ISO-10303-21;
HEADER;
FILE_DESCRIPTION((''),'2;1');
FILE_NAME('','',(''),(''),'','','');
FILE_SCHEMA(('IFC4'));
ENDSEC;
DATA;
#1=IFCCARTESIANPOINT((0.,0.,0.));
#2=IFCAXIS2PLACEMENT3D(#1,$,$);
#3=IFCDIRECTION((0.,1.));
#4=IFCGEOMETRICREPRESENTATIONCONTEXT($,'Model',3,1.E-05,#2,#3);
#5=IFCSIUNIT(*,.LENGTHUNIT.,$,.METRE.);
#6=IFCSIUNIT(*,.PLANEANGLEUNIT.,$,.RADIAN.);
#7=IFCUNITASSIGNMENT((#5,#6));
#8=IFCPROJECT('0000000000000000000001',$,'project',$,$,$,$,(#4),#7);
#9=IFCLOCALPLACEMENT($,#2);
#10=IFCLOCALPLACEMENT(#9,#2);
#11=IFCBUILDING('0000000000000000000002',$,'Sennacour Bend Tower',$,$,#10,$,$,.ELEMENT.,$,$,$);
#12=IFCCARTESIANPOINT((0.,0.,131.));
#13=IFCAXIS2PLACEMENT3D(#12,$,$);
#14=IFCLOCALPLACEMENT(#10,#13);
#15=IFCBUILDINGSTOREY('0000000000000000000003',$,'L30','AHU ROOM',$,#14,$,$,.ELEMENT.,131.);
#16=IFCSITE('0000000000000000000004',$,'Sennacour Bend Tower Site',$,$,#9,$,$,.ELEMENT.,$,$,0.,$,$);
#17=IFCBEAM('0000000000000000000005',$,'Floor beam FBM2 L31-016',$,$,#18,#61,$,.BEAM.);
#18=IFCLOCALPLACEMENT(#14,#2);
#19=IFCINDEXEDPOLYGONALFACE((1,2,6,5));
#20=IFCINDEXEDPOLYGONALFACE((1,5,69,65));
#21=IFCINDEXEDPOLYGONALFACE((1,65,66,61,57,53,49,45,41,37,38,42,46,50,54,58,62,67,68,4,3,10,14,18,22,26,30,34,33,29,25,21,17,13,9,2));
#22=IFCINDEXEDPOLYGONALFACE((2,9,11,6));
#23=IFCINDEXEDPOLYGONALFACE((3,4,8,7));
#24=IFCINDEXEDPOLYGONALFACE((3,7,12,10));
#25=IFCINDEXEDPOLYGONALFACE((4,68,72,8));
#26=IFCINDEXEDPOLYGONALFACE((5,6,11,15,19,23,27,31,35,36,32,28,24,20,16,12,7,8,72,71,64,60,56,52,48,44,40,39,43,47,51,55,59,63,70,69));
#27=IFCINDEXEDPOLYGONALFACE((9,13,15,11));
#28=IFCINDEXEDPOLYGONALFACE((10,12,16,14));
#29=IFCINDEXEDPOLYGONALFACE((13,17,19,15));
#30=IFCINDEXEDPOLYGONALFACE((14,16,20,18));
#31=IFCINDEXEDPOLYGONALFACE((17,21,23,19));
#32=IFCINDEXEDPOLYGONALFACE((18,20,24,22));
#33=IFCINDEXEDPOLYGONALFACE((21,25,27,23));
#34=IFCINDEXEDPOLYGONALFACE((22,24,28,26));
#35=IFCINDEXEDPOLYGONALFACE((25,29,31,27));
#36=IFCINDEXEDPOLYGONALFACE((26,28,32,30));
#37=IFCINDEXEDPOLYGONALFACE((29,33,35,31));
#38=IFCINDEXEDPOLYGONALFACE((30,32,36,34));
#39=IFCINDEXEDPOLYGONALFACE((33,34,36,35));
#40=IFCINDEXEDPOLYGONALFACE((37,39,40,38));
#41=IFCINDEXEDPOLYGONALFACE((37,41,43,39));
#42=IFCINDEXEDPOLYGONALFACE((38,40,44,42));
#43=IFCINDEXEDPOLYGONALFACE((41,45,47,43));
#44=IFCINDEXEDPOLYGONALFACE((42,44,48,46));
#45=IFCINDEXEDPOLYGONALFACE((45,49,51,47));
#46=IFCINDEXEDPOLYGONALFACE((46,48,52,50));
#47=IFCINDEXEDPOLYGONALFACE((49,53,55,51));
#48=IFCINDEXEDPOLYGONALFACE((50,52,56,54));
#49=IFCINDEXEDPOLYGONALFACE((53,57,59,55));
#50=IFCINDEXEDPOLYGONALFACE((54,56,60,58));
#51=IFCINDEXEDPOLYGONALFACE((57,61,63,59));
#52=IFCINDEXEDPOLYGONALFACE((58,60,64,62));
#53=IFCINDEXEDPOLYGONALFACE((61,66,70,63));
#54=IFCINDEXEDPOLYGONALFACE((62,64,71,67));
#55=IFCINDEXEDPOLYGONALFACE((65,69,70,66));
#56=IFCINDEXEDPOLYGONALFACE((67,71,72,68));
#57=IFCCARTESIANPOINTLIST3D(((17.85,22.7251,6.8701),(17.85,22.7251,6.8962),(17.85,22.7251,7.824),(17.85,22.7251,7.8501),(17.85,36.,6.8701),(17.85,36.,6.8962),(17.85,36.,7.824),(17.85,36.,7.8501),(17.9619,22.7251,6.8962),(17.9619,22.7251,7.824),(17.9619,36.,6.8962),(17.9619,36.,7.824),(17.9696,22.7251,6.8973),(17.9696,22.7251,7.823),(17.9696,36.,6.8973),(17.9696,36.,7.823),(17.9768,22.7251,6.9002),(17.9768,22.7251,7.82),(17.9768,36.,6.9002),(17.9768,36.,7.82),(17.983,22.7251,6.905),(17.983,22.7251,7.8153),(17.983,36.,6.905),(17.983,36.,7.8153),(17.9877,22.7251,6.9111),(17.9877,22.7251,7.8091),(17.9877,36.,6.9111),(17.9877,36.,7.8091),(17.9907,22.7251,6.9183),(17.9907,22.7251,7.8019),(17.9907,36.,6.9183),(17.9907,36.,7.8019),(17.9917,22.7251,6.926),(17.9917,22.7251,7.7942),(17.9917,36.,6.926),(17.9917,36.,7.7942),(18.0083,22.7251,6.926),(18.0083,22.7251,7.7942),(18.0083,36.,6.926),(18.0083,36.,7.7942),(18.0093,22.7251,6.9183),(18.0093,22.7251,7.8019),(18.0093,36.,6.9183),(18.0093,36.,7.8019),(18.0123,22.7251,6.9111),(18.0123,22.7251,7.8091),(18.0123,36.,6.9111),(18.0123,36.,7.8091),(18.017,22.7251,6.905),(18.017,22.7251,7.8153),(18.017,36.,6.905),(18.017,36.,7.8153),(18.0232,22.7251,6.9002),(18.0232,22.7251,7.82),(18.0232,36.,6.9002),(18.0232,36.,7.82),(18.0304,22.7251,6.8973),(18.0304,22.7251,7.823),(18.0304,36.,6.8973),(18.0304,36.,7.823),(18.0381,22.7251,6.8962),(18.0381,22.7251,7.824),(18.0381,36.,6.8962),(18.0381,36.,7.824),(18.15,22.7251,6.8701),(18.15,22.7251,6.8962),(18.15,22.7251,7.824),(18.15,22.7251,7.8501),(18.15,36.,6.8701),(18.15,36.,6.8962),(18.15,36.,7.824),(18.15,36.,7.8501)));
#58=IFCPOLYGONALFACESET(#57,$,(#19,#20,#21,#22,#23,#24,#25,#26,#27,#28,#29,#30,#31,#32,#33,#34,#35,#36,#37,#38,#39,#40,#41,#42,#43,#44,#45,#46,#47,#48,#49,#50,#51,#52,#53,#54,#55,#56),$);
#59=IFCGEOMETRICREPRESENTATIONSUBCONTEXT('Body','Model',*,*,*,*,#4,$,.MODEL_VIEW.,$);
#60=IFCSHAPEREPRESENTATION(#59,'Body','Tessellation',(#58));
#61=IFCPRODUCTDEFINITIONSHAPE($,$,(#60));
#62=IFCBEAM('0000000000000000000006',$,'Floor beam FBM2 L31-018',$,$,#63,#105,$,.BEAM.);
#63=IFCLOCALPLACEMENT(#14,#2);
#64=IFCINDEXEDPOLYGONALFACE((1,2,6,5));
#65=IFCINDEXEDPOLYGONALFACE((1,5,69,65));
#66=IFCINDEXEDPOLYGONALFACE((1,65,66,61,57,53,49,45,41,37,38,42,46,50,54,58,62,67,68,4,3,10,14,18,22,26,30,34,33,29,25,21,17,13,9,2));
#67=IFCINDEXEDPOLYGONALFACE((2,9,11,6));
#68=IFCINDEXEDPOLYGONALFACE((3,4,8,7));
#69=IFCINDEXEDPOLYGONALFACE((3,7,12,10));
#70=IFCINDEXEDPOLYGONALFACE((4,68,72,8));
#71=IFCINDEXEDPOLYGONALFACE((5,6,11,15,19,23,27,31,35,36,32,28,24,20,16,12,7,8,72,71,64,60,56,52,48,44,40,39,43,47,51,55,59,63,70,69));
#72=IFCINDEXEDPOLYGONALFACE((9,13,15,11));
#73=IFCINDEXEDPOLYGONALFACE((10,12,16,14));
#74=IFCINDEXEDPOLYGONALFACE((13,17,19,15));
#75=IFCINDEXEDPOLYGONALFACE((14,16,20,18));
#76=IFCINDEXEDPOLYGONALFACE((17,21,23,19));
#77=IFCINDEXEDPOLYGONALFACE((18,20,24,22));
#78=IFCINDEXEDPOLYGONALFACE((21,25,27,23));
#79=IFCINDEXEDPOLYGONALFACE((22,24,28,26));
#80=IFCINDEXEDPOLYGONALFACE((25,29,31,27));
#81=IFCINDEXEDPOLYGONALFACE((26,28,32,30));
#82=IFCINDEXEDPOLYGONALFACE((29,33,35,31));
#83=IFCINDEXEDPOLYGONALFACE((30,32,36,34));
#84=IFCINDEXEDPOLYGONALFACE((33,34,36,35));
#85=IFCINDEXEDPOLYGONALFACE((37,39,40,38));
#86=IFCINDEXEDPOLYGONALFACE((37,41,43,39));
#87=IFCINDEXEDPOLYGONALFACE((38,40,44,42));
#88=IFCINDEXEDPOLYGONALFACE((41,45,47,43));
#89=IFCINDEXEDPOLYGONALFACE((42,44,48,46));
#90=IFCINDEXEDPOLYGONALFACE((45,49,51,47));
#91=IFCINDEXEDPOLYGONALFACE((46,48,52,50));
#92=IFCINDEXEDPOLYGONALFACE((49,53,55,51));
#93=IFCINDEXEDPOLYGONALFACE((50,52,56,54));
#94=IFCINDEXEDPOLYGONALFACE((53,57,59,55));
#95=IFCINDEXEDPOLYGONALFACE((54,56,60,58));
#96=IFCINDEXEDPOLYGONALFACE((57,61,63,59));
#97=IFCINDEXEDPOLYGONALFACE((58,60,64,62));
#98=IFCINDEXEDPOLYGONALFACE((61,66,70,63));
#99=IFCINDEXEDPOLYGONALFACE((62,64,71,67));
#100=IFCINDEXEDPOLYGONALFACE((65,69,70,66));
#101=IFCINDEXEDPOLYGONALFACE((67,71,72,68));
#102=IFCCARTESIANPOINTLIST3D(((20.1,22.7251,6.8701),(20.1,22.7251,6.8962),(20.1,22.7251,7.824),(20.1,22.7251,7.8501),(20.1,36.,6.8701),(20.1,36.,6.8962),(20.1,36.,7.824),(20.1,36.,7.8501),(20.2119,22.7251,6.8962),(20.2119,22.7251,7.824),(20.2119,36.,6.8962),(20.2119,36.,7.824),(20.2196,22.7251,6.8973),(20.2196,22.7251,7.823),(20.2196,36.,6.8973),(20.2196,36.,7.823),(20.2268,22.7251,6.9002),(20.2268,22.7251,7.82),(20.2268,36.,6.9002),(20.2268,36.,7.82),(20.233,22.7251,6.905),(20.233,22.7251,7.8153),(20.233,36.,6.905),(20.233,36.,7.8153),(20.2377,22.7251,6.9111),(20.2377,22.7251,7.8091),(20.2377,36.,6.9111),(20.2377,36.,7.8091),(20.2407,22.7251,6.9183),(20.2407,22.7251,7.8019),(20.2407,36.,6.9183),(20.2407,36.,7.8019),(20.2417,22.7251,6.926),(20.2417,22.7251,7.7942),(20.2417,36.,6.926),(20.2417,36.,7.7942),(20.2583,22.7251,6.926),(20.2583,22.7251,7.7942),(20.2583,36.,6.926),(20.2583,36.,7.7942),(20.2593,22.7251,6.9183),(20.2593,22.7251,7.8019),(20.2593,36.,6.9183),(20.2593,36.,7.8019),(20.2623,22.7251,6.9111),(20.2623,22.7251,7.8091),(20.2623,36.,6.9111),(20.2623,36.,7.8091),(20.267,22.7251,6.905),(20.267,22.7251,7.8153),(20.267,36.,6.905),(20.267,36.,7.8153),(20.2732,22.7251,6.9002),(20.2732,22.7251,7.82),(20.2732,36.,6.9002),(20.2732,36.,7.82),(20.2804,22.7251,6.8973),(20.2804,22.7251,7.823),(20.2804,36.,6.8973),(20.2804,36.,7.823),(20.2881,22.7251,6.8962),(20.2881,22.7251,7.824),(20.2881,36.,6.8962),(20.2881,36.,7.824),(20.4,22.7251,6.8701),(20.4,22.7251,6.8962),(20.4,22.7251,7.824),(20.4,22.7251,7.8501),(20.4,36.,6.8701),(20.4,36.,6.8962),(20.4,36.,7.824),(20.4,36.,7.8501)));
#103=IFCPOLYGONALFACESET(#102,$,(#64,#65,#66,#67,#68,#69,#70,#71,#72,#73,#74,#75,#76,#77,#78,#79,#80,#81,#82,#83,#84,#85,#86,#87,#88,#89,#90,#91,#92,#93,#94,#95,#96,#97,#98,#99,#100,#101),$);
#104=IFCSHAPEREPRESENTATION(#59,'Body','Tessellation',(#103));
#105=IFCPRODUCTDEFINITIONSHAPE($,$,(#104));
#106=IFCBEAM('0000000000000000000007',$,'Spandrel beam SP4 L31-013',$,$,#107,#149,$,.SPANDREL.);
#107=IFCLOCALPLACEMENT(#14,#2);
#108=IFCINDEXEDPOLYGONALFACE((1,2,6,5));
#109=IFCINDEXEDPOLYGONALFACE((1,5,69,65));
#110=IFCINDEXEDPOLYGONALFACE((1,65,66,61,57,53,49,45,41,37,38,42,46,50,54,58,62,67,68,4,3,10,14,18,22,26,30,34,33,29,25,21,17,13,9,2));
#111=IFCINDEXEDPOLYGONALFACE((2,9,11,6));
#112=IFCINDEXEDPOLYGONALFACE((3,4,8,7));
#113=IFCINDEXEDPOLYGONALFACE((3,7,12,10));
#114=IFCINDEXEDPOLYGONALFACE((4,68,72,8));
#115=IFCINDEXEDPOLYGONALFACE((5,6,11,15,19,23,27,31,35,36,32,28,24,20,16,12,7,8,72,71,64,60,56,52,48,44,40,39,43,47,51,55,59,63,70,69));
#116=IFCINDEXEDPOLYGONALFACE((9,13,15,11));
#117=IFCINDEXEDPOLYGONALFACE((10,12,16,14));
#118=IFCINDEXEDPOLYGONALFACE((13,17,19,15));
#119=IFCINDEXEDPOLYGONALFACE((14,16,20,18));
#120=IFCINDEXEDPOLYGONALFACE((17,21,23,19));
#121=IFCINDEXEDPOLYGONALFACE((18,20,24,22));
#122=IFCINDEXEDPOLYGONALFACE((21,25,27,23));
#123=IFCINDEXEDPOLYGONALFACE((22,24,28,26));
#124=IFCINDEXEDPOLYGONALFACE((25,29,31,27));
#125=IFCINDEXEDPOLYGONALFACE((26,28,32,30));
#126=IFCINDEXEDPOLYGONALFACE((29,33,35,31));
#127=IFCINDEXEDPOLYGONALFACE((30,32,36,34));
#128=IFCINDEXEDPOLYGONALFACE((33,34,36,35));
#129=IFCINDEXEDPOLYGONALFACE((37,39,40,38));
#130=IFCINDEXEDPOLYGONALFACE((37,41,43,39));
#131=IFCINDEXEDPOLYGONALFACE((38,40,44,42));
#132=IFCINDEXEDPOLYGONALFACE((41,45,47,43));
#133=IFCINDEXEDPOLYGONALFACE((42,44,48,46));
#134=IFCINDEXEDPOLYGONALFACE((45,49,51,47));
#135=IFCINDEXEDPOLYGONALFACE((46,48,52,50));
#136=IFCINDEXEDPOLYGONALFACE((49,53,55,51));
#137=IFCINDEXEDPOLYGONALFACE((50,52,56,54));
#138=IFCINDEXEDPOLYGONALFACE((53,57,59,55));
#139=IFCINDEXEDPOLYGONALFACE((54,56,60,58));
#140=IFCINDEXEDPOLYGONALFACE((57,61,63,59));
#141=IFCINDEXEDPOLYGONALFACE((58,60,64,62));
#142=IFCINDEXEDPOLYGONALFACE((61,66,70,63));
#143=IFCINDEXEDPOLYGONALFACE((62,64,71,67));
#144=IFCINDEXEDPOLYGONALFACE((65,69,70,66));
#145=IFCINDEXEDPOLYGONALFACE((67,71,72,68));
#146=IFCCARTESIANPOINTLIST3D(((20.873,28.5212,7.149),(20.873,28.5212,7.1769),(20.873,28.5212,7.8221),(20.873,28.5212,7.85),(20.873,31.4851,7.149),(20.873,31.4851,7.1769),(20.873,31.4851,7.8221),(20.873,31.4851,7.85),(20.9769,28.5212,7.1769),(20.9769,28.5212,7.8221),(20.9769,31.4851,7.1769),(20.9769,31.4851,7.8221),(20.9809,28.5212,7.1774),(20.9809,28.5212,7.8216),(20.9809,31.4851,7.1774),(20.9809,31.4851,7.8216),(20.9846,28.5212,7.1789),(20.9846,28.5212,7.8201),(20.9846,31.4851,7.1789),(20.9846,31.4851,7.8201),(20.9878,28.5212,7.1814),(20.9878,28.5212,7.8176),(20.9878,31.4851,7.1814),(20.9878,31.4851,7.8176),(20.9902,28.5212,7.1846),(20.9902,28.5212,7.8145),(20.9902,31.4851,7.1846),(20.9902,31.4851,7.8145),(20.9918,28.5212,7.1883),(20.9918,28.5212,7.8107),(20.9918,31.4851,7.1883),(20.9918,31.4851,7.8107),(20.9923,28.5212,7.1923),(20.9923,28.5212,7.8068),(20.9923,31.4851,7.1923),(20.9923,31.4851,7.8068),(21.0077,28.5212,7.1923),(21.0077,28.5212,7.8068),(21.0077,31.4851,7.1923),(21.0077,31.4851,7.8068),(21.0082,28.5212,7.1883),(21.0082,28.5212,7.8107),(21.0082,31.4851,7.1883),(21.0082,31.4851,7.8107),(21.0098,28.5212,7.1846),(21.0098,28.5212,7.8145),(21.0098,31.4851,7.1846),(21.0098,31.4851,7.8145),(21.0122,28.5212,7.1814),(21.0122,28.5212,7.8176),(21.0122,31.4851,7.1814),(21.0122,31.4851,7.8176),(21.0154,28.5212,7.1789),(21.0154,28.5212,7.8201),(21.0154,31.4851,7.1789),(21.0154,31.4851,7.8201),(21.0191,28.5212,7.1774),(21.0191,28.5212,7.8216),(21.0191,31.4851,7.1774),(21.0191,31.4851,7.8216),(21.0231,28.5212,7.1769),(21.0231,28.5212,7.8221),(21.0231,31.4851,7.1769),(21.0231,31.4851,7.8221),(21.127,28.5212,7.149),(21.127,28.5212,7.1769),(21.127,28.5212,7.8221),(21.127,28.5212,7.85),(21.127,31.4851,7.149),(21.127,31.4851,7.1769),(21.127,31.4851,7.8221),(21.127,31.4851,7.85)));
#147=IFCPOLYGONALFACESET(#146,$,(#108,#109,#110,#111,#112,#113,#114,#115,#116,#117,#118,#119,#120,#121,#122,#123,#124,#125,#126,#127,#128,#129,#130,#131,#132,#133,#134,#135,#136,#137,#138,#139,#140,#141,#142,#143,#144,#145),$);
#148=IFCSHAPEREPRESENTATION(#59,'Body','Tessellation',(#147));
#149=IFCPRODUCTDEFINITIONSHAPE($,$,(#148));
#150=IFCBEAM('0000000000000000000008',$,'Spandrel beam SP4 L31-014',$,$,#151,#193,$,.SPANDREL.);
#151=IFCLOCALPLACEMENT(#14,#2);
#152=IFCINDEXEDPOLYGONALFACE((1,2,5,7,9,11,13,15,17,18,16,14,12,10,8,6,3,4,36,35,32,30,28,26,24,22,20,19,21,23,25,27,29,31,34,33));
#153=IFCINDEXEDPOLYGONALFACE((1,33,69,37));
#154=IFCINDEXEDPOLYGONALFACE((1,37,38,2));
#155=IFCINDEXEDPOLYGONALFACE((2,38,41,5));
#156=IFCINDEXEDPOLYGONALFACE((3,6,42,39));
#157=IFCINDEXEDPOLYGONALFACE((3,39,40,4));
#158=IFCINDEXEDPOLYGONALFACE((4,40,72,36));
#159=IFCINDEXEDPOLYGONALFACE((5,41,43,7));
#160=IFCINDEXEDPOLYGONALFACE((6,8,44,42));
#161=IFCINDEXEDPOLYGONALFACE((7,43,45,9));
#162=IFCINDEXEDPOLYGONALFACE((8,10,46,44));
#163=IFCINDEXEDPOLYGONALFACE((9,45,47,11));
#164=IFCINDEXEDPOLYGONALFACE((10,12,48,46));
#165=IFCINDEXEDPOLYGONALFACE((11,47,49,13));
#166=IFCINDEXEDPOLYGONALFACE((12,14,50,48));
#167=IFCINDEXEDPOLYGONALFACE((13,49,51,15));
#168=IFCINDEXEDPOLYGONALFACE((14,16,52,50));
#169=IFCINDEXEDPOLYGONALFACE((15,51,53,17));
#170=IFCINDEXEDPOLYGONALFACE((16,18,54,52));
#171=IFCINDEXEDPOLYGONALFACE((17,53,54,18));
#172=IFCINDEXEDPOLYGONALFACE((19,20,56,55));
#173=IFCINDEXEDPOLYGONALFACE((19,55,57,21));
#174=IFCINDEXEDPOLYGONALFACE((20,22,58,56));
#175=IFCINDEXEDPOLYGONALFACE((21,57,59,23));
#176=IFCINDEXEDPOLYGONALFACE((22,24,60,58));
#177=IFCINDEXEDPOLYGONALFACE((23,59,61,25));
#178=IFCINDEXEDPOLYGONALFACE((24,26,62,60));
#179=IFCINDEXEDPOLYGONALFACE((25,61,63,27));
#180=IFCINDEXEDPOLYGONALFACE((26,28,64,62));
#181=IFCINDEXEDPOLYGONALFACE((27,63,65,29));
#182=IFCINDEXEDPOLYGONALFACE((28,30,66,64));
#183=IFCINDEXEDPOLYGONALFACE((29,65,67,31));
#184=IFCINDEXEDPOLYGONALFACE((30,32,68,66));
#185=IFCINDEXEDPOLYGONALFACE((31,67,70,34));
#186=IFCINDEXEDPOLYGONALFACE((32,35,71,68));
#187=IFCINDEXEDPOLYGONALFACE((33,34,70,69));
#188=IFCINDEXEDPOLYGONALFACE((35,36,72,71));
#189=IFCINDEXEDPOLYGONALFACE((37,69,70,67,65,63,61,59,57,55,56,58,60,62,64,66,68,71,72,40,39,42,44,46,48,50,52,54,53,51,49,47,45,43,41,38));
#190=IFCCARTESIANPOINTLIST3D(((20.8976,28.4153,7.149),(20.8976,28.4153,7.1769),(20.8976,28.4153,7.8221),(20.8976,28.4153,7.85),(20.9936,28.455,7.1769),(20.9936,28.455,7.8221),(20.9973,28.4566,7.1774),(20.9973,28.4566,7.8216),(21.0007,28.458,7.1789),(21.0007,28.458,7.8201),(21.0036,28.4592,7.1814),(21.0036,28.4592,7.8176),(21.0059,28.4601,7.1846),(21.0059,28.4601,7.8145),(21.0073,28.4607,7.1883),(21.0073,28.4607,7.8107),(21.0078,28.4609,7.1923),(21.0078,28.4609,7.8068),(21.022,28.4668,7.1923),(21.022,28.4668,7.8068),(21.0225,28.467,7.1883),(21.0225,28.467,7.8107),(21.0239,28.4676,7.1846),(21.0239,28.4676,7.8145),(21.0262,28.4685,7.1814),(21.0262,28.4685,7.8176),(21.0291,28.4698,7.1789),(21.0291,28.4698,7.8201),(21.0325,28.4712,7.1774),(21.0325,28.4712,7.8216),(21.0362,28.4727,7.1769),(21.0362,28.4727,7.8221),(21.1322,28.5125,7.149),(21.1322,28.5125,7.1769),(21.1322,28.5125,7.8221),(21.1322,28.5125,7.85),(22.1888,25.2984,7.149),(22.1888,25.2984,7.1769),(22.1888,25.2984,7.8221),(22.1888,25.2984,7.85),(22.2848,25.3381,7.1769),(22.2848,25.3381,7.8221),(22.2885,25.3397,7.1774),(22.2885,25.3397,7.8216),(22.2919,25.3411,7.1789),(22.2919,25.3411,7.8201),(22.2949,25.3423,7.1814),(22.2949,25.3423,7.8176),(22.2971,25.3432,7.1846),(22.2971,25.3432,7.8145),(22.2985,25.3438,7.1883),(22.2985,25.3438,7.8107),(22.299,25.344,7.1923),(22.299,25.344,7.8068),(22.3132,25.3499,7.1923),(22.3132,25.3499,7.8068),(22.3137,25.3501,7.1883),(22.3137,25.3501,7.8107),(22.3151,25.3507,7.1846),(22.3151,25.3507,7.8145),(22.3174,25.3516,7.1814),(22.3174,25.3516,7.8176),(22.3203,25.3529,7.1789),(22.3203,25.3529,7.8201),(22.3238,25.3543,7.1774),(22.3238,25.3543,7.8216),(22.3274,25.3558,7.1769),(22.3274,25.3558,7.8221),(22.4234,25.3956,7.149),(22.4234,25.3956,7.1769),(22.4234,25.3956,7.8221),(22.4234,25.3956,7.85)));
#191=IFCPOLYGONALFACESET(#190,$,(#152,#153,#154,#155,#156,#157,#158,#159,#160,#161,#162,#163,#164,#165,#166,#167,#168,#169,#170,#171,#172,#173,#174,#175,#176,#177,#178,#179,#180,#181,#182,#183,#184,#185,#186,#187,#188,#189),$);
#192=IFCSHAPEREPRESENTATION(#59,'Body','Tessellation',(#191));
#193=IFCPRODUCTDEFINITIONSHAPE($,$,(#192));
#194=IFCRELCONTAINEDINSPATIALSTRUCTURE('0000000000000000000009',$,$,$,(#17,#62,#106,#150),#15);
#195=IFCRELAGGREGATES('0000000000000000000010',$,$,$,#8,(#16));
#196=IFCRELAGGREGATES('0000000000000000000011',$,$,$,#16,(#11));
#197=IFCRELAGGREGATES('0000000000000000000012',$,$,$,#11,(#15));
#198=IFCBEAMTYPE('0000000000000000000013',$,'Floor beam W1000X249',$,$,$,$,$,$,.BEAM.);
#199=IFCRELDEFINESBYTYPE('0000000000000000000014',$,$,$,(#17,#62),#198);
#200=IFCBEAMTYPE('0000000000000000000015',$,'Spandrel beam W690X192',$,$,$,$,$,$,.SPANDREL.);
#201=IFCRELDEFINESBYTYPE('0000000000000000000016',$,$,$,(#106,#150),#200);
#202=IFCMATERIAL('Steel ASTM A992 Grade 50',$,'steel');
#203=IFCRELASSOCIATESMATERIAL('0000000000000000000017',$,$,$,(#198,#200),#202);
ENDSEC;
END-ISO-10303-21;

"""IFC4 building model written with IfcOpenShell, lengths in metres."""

from ifc_helpers import new_model, si_unit, direction, frame, origin, origin_2d, place, context, subcontext, project, spatial, i_section, extrude, material, material_profile, profile_set, type_object, element, save


model = new_model("IFC4")

# Units and contexts
model_context = context("Model", 3, precision=1e-05, world=origin(), true_north=direction((0.0, 1.0)))
body_context = subcontext(model_context, "Body", "Model", "MODEL_VIEW")
ifc_project = project(units=[si_unit("LENGTHUNIT", "METRE"), si_unit("PLANEANGLEUNIT", "RADIAN")], contexts=[model_context])

# Site, building, storey
site_placement = place(None, origin())
site = spatial("IfcSite", under=ifc_project, at=site_placement, Name="Sennacour Bend Tower Site", CompositionType="ELEMENT", RefElevation=0.0)
building_placement = place(site_placement, origin())
building = spatial("IfcBuilding", under=site, at=building_placement, Name="Sennacour Bend Tower", CompositionType="ELEMENT")
storey_placement = place(building_placement, frame((0.0, 0.0, 131.0)))
storey = spatial("IfcBuildingStorey", under=building, at=storey_placement, Name="L30", Description="AHU ROOM", CompositionType="ELEMENT", Elevation=131.0)

# Beams
ifc_material_1 = material(Name="Steel ASTM A992 Grade 50", Category="steel")
ifc_material_profile_1 = material_profile(ifc_material_1, i_section(OverallWidth=0.3, OverallDepth=0.98, WebThickness=0.0166, FlangeThickness=0.0261, FilletRadius=0.0298, at=origin_2d()), Name="Steel ASTM A992 Grade 50", Category="steel")
ifc_profile_set_1 = profile_set([ifc_material_profile_1], Name="Steel ASTM A992 Grade 50")
beam_type_1 = type_object("IfcBeamType", Name="Floor beam W1000X249", PredefinedType="BEAM", material=ifc_profile_set_1)
for number, where, z_axis, x_axis, name in (
    (1, (18.0, 22.7251, 7.3601), (0.0, 1.0, 0.0), (-1.0, 0.0, 0.0), "Floor beam FBM2 L31-016"),
    (2, (20.25, 22.7251, 7.3601), (0.0, 1.0, 0.0), (-1.0, 0.0, 0.0), "Floor beam FBM2 L31-018"),
):
    element("IfcBeam", number, at=place(storey_placement, frame(where, z_axis=z_axis, x_axis=x_axis)), inside=storey, type_object=beam_type_1, Name=name, PredefinedType="BEAM", context=body_context, shape_type="SweptSolid", body=[
        extrude(i_section(OverallWidth=0.3, OverallDepth=0.98, WebThickness=0.0166, FlangeThickness=0.0261, FilletRadius=0.0298, at=origin_2d()), origin(), (0.0, 0.0, 1.0), 13.2749),
    ])
ifc_material_profile_2 = material_profile(ifc_material_1, i_section(OverallWidth=0.2539, OverallDepth=0.7009, WebThickness=0.0154, FlangeThickness=0.0278, FilletRadius=0.0154, at=origin_2d()), Name="Steel ASTM A992 Grade 50", Category="steel")
ifc_profile_set_2 = profile_set([ifc_material_profile_2], Name="Steel ASTM A992 Grade 50")
beam_type_2 = type_object("IfcBeamType", Name="Spandrel beam W690X192", PredefinedType="SPANDREL", material=ifc_profile_set_2)
beam_1_placement = place(storey_placement, frame((21.0, 31.4851, 7.4995), z_axis=(0.0, -1.0, 0.0), x_axis=(1.0, 0.0, 0.0)))
element("IfcBeam", 3, at=beam_1_placement, inside=storey, type_object=beam_type_2, Name="Spandrel beam SP4 L31-013", PredefinedType="SPANDREL", context=body_context, shape_type="SweptSolid", body=[
    extrude(i_section(OverallWidth=0.2539, OverallDepth=0.7009, WebThickness=0.0154, FlangeThickness=0.0278, FilletRadius=0.0154, at=origin_2d()), origin(), (0.0, 0.0, 1.0), 2.9639),
])
beam_2_placement = place(storey_placement, frame((21.0149, 28.4639, 7.4995), z_axis=(0.382729, -0.923861, 0.0), x_axis=(0.923861, 0.382729, 0.0)))
element("IfcBeam", 4, at=beam_2_placement, inside=storey, type_object=beam_type_2, Name="Spandrel beam SP4 L31-014", PredefinedType="SPANDREL", context=body_context, shape_type="SweptSolid", body=[
    extrude(i_section(OverallWidth=0.2539, OverallDepth=0.7009, WebThickness=0.0154, FlangeThickness=0.0278, FilletRadius=0.0154, at=origin_2d()), origin(), (0.0, 0.0, 1.0), 3.3738),
])

save(model, "model.ifc")
